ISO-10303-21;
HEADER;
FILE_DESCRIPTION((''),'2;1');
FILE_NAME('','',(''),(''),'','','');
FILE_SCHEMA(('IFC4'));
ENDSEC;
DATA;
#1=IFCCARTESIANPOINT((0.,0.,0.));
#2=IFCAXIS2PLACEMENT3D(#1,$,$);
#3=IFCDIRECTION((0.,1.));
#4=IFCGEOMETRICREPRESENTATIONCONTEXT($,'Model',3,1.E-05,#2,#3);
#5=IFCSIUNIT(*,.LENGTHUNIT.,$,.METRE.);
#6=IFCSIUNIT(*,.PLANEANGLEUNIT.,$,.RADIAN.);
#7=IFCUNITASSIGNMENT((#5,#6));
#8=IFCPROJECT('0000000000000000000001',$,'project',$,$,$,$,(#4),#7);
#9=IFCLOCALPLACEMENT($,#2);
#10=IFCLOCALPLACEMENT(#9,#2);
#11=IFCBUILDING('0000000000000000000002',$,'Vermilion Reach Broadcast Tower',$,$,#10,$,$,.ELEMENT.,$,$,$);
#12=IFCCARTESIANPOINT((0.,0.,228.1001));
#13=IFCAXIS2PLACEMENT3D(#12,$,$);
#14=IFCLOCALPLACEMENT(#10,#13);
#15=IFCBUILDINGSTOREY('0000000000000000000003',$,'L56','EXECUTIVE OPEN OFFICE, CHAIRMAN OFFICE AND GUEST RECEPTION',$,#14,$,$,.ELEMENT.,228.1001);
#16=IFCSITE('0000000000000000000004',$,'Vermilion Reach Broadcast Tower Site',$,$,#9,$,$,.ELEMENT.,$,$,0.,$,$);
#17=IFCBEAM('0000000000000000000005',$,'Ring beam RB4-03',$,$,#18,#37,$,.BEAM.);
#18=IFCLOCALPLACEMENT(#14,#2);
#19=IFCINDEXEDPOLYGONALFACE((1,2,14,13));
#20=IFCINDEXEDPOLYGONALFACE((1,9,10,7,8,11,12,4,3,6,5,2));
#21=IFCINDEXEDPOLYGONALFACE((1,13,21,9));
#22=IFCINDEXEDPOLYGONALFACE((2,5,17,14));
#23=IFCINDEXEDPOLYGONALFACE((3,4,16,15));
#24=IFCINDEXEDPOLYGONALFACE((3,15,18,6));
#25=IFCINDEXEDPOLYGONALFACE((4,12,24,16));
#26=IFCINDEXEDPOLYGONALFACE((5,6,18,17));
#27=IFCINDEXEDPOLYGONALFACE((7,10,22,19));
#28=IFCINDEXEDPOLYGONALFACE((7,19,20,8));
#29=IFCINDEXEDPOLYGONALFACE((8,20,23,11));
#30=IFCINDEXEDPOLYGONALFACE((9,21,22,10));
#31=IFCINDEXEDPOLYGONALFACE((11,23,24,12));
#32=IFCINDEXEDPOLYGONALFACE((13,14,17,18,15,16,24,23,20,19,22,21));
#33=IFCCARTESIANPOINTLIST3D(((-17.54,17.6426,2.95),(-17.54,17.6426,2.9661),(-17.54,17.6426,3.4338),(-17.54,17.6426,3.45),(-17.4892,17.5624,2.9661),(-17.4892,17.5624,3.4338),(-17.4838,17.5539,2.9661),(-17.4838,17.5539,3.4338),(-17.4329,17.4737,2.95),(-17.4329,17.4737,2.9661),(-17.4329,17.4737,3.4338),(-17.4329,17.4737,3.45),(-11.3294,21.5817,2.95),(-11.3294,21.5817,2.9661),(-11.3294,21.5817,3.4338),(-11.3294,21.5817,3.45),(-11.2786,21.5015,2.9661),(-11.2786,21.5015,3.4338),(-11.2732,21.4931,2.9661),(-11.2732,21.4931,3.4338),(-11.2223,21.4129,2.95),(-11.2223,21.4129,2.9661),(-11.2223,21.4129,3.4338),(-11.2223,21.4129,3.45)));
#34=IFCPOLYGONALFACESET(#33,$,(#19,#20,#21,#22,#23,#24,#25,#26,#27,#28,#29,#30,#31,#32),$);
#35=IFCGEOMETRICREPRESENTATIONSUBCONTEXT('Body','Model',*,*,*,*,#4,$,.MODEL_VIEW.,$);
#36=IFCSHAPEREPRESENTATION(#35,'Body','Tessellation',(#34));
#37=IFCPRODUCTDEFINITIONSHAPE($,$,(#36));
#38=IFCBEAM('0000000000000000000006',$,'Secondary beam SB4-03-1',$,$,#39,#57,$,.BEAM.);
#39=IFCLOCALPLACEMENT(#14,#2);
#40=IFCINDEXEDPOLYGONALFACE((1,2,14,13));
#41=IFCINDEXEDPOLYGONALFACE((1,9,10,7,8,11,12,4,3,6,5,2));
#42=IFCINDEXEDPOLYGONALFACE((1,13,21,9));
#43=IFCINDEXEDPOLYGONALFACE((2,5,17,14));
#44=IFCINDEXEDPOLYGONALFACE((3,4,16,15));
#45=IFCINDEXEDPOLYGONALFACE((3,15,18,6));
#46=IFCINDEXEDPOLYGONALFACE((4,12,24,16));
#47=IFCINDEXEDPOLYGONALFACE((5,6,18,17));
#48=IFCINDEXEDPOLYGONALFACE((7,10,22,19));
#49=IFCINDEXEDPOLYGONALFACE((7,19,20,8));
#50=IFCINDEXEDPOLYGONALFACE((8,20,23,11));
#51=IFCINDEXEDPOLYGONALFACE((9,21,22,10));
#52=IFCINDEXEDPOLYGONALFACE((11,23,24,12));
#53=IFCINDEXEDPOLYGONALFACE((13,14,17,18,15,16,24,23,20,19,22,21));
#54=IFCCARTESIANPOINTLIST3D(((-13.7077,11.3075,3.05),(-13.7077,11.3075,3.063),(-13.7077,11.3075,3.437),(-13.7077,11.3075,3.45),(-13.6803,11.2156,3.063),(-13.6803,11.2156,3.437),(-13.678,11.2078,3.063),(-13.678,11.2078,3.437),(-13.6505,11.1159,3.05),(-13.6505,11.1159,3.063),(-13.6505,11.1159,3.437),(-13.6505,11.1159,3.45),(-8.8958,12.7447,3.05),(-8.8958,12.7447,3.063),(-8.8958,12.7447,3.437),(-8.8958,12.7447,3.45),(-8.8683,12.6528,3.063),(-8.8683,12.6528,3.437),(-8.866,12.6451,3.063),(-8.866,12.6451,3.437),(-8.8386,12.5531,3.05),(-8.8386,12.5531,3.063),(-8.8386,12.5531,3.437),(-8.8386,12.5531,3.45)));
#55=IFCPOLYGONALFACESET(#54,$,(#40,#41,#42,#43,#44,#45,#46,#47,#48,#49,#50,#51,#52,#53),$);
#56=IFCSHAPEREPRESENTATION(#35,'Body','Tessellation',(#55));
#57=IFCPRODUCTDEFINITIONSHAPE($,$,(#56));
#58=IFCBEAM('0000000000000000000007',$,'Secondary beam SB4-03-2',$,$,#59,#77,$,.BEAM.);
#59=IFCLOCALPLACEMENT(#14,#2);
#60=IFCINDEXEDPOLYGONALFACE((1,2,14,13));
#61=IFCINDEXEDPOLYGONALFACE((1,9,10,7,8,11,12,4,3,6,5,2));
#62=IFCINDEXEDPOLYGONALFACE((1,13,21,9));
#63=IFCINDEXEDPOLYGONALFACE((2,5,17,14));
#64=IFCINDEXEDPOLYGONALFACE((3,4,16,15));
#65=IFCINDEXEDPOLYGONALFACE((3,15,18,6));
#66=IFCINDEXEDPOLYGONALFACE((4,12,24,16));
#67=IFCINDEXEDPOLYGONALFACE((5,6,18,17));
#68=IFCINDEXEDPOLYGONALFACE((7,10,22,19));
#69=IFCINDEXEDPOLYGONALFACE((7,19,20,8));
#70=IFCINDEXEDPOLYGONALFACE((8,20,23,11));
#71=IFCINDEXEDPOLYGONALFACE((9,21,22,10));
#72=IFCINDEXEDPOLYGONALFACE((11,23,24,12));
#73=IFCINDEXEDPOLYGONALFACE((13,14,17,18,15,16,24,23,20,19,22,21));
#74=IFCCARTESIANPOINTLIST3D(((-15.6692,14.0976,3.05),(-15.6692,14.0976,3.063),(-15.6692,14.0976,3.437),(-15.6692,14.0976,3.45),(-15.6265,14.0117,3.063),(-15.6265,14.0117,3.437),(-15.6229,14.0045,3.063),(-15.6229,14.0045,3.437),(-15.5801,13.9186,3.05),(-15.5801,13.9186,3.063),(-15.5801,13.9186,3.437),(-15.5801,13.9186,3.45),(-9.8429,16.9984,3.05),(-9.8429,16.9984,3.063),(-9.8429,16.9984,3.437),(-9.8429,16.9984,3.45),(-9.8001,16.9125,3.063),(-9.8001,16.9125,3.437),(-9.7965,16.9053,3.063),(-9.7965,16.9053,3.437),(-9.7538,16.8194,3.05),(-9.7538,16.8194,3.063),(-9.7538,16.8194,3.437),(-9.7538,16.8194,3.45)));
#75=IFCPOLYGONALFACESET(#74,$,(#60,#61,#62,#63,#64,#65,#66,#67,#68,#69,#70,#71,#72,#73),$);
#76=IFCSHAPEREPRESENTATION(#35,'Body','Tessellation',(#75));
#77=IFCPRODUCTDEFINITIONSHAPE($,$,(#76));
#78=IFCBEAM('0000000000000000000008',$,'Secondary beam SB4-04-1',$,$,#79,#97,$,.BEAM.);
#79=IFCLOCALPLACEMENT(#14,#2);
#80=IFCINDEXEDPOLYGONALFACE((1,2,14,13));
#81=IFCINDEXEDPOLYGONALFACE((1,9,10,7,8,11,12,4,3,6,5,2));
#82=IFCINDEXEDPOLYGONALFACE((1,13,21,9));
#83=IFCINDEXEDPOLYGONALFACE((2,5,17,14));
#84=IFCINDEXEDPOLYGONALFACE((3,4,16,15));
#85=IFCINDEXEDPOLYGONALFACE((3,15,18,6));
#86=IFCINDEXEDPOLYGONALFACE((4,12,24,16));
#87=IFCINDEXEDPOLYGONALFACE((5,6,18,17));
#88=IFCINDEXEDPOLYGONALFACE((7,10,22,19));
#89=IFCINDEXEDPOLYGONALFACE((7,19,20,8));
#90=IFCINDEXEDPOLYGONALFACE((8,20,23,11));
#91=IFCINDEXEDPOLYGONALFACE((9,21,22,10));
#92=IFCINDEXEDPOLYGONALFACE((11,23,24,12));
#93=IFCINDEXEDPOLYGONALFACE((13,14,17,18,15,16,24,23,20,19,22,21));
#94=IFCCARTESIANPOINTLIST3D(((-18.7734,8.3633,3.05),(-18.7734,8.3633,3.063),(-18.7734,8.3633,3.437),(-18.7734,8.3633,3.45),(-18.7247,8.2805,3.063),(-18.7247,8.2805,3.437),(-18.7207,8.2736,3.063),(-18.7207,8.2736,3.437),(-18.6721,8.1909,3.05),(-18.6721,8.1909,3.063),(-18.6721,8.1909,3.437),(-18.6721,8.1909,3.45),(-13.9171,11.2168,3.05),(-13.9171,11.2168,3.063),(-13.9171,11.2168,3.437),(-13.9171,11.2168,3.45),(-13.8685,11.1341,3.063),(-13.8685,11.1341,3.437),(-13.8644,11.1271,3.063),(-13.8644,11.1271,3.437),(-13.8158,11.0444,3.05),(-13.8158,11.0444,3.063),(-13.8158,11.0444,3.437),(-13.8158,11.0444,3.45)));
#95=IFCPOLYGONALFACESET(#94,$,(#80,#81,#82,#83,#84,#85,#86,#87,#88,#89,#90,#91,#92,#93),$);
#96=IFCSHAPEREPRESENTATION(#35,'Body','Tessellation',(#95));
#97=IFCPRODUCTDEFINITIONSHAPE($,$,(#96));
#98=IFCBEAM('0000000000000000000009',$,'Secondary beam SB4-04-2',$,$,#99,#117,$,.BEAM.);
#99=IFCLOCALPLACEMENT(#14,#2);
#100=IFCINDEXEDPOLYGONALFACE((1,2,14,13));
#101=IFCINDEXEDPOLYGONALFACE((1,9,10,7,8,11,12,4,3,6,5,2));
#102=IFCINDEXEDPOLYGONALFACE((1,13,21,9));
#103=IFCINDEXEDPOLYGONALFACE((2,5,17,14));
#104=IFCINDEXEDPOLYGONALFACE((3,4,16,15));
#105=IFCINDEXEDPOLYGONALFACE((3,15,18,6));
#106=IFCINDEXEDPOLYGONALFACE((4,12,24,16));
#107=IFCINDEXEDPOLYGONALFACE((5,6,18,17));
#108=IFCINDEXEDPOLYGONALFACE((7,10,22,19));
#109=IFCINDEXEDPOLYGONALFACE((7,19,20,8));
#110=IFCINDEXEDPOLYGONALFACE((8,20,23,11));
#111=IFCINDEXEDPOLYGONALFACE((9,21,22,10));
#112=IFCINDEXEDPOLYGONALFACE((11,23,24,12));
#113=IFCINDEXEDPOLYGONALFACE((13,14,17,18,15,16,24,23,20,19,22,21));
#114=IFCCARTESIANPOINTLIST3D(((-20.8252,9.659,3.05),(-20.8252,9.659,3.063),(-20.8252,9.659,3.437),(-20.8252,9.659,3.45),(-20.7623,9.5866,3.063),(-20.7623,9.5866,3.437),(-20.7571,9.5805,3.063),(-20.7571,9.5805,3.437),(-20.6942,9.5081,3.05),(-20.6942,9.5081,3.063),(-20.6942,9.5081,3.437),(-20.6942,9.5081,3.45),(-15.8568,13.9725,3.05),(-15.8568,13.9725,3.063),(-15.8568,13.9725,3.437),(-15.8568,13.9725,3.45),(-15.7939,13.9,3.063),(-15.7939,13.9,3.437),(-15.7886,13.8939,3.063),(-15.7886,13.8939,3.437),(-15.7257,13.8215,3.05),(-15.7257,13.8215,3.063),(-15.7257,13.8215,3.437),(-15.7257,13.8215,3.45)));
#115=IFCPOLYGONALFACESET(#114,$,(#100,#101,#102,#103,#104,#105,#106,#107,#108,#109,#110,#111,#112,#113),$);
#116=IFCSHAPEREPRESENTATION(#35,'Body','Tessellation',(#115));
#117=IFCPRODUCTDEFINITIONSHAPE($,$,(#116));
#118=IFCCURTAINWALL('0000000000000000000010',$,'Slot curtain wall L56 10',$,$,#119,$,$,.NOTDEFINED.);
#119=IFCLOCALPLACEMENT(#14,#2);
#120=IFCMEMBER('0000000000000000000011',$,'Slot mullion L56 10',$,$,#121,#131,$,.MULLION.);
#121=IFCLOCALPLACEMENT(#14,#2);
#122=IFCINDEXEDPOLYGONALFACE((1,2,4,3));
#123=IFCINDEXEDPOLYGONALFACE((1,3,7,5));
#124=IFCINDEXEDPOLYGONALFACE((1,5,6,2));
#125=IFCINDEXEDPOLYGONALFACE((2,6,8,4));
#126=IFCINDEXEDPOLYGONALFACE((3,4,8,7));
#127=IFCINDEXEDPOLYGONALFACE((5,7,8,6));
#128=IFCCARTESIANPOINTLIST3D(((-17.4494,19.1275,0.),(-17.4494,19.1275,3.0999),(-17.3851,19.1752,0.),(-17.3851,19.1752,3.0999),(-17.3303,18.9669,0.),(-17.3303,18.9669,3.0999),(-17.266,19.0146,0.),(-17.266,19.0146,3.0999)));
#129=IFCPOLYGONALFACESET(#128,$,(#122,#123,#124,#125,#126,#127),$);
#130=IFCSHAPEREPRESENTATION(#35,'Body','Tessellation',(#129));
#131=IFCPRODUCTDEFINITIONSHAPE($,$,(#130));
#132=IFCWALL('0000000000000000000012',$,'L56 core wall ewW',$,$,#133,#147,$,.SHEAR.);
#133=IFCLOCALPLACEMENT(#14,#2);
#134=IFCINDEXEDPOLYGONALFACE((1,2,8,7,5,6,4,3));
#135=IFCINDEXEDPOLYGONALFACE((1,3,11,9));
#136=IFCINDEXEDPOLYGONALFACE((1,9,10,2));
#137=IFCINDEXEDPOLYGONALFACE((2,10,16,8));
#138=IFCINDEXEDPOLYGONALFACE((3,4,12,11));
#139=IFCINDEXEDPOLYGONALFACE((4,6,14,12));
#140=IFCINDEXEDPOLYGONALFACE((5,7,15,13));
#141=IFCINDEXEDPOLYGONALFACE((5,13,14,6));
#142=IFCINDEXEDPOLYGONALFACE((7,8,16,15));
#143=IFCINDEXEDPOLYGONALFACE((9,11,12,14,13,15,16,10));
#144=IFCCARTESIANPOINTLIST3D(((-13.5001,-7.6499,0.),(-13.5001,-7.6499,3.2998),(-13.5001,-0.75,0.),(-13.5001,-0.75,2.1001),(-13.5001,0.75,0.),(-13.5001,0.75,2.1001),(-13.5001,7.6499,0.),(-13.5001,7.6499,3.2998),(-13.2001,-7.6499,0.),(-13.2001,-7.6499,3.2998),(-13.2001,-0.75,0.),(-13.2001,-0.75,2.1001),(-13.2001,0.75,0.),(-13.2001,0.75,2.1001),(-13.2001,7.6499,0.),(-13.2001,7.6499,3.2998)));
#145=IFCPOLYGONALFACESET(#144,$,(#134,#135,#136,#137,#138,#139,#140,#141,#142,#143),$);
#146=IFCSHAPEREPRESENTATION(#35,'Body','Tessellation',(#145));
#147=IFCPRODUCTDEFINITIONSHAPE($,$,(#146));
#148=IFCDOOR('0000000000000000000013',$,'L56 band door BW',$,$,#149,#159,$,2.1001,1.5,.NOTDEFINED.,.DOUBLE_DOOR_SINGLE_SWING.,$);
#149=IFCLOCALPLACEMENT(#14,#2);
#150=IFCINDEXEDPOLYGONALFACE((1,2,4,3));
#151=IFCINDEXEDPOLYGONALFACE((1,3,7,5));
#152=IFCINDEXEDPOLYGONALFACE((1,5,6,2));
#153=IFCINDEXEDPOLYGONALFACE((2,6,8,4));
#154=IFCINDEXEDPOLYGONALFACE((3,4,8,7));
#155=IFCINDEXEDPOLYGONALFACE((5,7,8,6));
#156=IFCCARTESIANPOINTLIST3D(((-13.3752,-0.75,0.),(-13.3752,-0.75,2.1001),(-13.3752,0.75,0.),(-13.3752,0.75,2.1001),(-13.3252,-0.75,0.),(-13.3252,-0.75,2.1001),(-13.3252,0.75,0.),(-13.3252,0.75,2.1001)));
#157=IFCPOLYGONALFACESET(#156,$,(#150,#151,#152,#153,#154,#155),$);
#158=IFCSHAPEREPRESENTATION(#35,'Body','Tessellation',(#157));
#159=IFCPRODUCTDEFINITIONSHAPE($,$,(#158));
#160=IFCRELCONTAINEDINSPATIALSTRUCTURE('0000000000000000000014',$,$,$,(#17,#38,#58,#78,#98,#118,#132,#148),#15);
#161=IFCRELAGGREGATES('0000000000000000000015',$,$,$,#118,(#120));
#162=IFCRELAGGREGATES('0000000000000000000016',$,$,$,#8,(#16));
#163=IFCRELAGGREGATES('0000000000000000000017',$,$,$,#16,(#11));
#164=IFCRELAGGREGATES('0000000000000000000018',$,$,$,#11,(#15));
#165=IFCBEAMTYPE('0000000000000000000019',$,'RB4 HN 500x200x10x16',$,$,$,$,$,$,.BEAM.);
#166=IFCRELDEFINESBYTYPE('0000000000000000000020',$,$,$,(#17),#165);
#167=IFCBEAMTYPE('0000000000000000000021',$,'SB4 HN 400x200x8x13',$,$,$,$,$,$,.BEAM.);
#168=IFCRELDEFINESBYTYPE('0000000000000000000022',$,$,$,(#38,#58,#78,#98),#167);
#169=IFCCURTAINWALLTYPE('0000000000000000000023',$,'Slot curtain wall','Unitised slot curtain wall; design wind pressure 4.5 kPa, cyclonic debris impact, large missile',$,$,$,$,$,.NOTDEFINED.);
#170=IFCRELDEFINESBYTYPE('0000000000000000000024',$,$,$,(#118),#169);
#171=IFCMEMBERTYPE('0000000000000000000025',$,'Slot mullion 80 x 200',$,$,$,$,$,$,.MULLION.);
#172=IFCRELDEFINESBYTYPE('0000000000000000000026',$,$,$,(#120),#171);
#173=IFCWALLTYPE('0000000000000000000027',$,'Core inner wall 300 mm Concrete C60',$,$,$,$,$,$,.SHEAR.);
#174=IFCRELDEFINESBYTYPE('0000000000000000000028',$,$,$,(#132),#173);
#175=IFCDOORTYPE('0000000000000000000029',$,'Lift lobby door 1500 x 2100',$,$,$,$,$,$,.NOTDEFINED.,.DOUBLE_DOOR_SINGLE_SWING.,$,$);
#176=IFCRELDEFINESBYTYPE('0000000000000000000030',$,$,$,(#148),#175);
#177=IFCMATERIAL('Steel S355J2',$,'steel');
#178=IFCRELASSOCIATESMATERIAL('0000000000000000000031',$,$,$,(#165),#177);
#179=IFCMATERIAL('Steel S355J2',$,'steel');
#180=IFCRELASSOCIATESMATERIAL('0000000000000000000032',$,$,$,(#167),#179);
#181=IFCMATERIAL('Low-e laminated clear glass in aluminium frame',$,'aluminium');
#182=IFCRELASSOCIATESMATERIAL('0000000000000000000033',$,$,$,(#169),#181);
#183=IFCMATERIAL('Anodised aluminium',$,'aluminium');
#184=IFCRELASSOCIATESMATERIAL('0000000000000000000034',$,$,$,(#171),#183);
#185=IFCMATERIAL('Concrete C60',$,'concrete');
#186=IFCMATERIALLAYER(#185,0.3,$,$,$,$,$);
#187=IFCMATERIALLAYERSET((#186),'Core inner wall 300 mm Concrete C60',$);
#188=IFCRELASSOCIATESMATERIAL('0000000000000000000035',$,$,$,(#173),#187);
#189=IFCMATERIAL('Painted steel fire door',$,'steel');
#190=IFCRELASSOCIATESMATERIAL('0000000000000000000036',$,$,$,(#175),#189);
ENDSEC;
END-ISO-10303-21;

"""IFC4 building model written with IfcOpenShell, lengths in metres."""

from ifc_helpers import new_model, si_unit, direction, frame, frame_2d, origin, origin_2d, place, context, subcontext, project, spatial, rectangle, i_section, extrude, material, layer, layer_set, material_profile, profile_set, type_object, element, fill, aggregate, save


model = new_model("IFC4")

# Units and contexts
model_context = context("Model", 3, precision=1e-05, world=origin(), true_north=direction((0.0, 1.0)))
body_context = subcontext(model_context, "Body", "Model", "MODEL_VIEW")
ifc_project = project(units=[si_unit("LENGTHUNIT", "METRE"), si_unit("PLANEANGLEUNIT", "RADIAN")], contexts=[model_context])

# Site, building, storey
site_placement = place(None, origin())
site = spatial("IfcSite", under=ifc_project, at=site_placement, Name="Vermilion Reach Broadcast Tower Site", CompositionType="ELEMENT", RefElevation=0.0)
building_placement = place(site_placement, origin())
building = spatial("IfcBuilding", under=site, at=building_placement, Name="Vermilion Reach Broadcast Tower", CompositionType="ELEMENT")
storey_placement = place(building_placement, frame((0.0, 0.0, 228.1001)))
storey = spatial("IfcBuildingStorey", under=building, at=storey_placement, Name="L56", Description="EXECUTIVE OPEN OFFICE, CHAIRMAN OFFICE AND GUEST RECEPTION", CompositionType="ELEMENT", Elevation=228.1001)

# Beams
ifc_material_1 = material(Name="Steel S355J2", Category="steel")
ifc_material_profile_1 = material_profile(ifc_material_1, i_section(OverallWidth=0.2, OverallDepth=0.5, WebThickness=0.01, FlangeThickness=0.0161, at=origin_2d()), Name="S355J2 HN 500x200x10x16")
ifc_profile_set_1 = profile_set([ifc_material_profile_1], Name="Steel S355J2")
beam_type_1 = type_object("IfcBeamType", Name="RB4 HN 500x200x10x16", PredefinedType="BEAM", material=ifc_profile_set_1)
beam_1_placement = place(storey_placement, frame((-11.2759, 21.4973, 3.2), z_axis=(-0.844464, -0.535612, 0.0), x_axis=(0.535612, -0.844464, 0.0)))
element("IfcBeam", 1, at=beam_1_placement, inside=storey, type_object=beam_type_1, Name="Ring beam RB4-03", PredefinedType="BEAM", context=body_context, shape_type="SweptSolid", body=[
    extrude(i_section(OverallWidth=0.2, OverallDepth=0.5, WebThickness=0.01, FlangeThickness=0.0161, at=origin_2d()), origin(), (0.0, 0.0, 1.0), 7.3545),
])
ifc_material_2 = material(Name="Steel S355J2", Category="steel")
ifc_material_profile_2 = material_profile(ifc_material_2, i_section(OverallWidth=0.2, OverallDepth=0.3999, WebThickness=0.0081, FlangeThickness=0.0129, at=origin_2d()), Name="S355J2 HN 400x200x8x13")
ifc_profile_set_2 = profile_set([ifc_material_profile_2], Name="Steel S355J2")
beam_type_2 = type_object("IfcBeamType", Name="SB4 HN 400x200x8x13", PredefinedType="BEAM", material=ifc_profile_set_2)
beam_2_placement = place(storey_placement, frame((-8.8672, 12.6489, 3.25), z_axis=(-0.958173, -0.286188, 0.0), x_axis=(0.286188, -0.958173, 0.0)))
element("IfcBeam", 2, at=beam_2_placement, inside=storey, type_object=beam_type_2, Name="Secondary beam SB4-03-1", PredefinedType="BEAM", context=body_context, shape_type="SweptSolid", body=[
    extrude(i_section(OverallWidth=0.2, OverallDepth=0.3999, WebThickness=0.0081, FlangeThickness=0.0129, at=origin_2d()), origin(), (0.0, 0.0, 1.0), 5.022),
])
beam_3_placement = place(storey_placement, frame((-9.7983, 16.9089, 3.25), z_axis=(-0.895184, -0.445698, 0.0), x_axis=(0.445698, -0.895184, 0.0)))
element("IfcBeam", 3, at=beam_3_placement, inside=storey, type_object=beam_type_2, Name="Secondary beam SB4-03-2", PredefinedType="BEAM", context=body_context, shape_type="SweptSolid", body=[
    extrude(i_section(OverallWidth=0.2, OverallDepth=0.3999, WebThickness=0.0081, FlangeThickness=0.0129, at=origin_2d()), origin(), (0.0, 0.0, 1.0), 6.5085),
])
beam_4_placement = place(storey_placement, frame((-13.8665, 11.1306, 3.25), z_axis=(-0.862173, -0.506615, 0.0), x_axis=(0.506615, -0.862173, 0.0)))
element("IfcBeam", 4, at=beam_4_placement, inside=storey, type_object=beam_type_2, Name="Secondary beam SB4-04-1", PredefinedType="BEAM", context=body_context, shape_type="SweptSolid", body=[
    extrude(i_section(OverallWidth=0.2, OverallDepth=0.3999, WebThickness=0.0081, FlangeThickness=0.0129, at=origin_2d()), origin(), (0.0, 0.0, 1.0), 5.6326),
])
beam_5_placement = place(storey_placement, frame((-15.7913, 13.897, 3.25), z_axis=(-0.755129, -0.655576, 0.0), x_axis=(0.655576, -0.755129, 0.0)))
element("IfcBeam", 5, at=beam_5_placement, inside=storey, type_object=beam_type_2, Name="Secondary beam SB4-04-2", PredefinedType="BEAM", context=body_context, shape_type="SweptSolid", body=[
    extrude(i_section(OverallWidth=0.2, OverallDepth=0.3999, WebThickness=0.0081, FlangeThickness=0.0129, at=origin_2d()), origin(), (0.0, 0.0, 1.0), 6.5796),
])

# Curtain wall, member
ifc_material_3 = material(Name="Low-e laminated clear glass in aluminium frame", Category="aluminium")
curtain_wall_type = type_object("IfcCurtainWallType", Name="Slot curtain wall", Description="Unitised slot curtain wall; design wind pressure 4.5 kPa, cyclonic debris impact, large missile", PredefinedType="NOTDEFINED", material=ifc_material_3)
curtain_wall_placement = place(storey_placement, origin())
curtain_wall = element("IfcCurtainWall", 6, at=curtain_wall_placement, inside=storey, type_object=curtain_wall_type, Name="Slot curtain wall L56 10", PredefinedType="NOTDEFINED")
ifc_material_4 = material(Name="Anodised aluminium", Category="aluminium")
ifc_material_profile_3 = material_profile(ifc_material_4, rectangle(XDim=0.2, YDim=0.0801, at=origin_2d()), Name="Slot mullion 80 x 200")
ifc_profile_set_3 = profile_set([ifc_material_profile_3], Name="Anodised aluminium")
member_type = type_object("IfcMemberType", Name="Slot mullion 80 x 200", PredefinedType="MULLION", material=ifc_profile_set_3)
member_placement = place(storey_placement, frame((-17.3577, 19.071, 0.0), z_axis=(0.0, 0.0, 1.0), x_axis=(0.59565, -0.803244, 0.0)))
member = element("IfcMember", 7, at=member_placement, type_object=member_type, Name="Slot mullion L56 10", PredefinedType="MULLION", context=body_context, shape_type="SweptSolid", body=[
    extrude(rectangle(XDim=0.2, YDim=0.0801, at=origin_2d()), origin(), (0.0, 0.0, 1.0), 3.0999),
])
aggregate(curtain_wall, [member])

# Wall, opening, door
ifc_material_5 = material(Name="Concrete C60", Category="concrete")
ifc_layer_1 = layer(ifc_material_5, 0.3)
ifc_layer_set_1 = layer_set([ifc_layer_1], Name="Core inner wall 300 mm Concrete C60")
wall_type_1 = type_object("IfcWallType", Name="Core inner wall 300 mm Concrete C60", PredefinedType="SHEAR", material=ifc_layer_set_1)
wall_1_placement = place(storey_placement, frame((-13.3501, 7.6499, 0.0), z_axis=(0.0, 0.0, 1.0), x_axis=(0.0, -1.0, 0.0)))
wall_1 = element("IfcWall", 8, at=wall_1_placement, inside=storey, type_object=wall_type_1, Name="L56 core wall ewW", PredefinedType="SHEAR", context=body_context, shape_type="SweptSolid", body=[
    extrude(rectangle(XDim=15.2998, YDim=0.3, at=frame_2d((7.6499, 0.0))), origin(), (0.0, 0.0, 1.0), 3.2998),
])
opening_1_placement = place(wall_1_placement, frame((6.8999, 0.0, 0.0)))
opening_1 = element("IfcOpeningElement", 9, at=opening_1_placement, cuts=wall_1, PredefinedType="OPENING", context=body_context, shape_type="SweptSolid", body=[
    extrude(rectangle(XDim=1.5, YDim=2.1001, at=frame_2d((0.75, 1.05))), frame((0.0, 0.1599, 0.0), z_axis=(0.0, -1.0, 0.0), x_axis=(1.0, 0.0, 0.0)), (0.0, 0.0, 1.0), 0.3201),
])
ifc_material_6 = material(Name="Painted steel fire door", Category="steel")
door_type_1 = type_object("IfcDoorType", Name="Lift lobby door 1500 x 2100", OperationType="DOUBLE_DOOR_SINGLE_SWING", PredefinedType="NOTDEFINED", material=ifc_material_6)
door_1_placement = place(opening_1_placement, origin())
door_1 = element("IfcDoor", 10, at=door_1_placement, inside=storey, type_object=door_type_1, Name="L56 band door BW", OperationType="DOUBLE_DOOR_SINGLE_SWING", OverallHeight=2.1001, OverallWidth=1.5, PredefinedType="NOTDEFINED", context=body_context, shape_type="SweptSolid", body=[
    extrude(rectangle(XDim=1.5, YDim=2.1001, at=frame_2d((0.75, 1.05))), frame((0.0, 0.0249, 0.0), z_axis=(0.0, -1.0, 0.0), x_axis=(1.0, 0.0, 0.0)), (0.0, 0.0, 1.0), 0.05),
])
fill(opening_1, door_1)

save(model, "model.ifc")
